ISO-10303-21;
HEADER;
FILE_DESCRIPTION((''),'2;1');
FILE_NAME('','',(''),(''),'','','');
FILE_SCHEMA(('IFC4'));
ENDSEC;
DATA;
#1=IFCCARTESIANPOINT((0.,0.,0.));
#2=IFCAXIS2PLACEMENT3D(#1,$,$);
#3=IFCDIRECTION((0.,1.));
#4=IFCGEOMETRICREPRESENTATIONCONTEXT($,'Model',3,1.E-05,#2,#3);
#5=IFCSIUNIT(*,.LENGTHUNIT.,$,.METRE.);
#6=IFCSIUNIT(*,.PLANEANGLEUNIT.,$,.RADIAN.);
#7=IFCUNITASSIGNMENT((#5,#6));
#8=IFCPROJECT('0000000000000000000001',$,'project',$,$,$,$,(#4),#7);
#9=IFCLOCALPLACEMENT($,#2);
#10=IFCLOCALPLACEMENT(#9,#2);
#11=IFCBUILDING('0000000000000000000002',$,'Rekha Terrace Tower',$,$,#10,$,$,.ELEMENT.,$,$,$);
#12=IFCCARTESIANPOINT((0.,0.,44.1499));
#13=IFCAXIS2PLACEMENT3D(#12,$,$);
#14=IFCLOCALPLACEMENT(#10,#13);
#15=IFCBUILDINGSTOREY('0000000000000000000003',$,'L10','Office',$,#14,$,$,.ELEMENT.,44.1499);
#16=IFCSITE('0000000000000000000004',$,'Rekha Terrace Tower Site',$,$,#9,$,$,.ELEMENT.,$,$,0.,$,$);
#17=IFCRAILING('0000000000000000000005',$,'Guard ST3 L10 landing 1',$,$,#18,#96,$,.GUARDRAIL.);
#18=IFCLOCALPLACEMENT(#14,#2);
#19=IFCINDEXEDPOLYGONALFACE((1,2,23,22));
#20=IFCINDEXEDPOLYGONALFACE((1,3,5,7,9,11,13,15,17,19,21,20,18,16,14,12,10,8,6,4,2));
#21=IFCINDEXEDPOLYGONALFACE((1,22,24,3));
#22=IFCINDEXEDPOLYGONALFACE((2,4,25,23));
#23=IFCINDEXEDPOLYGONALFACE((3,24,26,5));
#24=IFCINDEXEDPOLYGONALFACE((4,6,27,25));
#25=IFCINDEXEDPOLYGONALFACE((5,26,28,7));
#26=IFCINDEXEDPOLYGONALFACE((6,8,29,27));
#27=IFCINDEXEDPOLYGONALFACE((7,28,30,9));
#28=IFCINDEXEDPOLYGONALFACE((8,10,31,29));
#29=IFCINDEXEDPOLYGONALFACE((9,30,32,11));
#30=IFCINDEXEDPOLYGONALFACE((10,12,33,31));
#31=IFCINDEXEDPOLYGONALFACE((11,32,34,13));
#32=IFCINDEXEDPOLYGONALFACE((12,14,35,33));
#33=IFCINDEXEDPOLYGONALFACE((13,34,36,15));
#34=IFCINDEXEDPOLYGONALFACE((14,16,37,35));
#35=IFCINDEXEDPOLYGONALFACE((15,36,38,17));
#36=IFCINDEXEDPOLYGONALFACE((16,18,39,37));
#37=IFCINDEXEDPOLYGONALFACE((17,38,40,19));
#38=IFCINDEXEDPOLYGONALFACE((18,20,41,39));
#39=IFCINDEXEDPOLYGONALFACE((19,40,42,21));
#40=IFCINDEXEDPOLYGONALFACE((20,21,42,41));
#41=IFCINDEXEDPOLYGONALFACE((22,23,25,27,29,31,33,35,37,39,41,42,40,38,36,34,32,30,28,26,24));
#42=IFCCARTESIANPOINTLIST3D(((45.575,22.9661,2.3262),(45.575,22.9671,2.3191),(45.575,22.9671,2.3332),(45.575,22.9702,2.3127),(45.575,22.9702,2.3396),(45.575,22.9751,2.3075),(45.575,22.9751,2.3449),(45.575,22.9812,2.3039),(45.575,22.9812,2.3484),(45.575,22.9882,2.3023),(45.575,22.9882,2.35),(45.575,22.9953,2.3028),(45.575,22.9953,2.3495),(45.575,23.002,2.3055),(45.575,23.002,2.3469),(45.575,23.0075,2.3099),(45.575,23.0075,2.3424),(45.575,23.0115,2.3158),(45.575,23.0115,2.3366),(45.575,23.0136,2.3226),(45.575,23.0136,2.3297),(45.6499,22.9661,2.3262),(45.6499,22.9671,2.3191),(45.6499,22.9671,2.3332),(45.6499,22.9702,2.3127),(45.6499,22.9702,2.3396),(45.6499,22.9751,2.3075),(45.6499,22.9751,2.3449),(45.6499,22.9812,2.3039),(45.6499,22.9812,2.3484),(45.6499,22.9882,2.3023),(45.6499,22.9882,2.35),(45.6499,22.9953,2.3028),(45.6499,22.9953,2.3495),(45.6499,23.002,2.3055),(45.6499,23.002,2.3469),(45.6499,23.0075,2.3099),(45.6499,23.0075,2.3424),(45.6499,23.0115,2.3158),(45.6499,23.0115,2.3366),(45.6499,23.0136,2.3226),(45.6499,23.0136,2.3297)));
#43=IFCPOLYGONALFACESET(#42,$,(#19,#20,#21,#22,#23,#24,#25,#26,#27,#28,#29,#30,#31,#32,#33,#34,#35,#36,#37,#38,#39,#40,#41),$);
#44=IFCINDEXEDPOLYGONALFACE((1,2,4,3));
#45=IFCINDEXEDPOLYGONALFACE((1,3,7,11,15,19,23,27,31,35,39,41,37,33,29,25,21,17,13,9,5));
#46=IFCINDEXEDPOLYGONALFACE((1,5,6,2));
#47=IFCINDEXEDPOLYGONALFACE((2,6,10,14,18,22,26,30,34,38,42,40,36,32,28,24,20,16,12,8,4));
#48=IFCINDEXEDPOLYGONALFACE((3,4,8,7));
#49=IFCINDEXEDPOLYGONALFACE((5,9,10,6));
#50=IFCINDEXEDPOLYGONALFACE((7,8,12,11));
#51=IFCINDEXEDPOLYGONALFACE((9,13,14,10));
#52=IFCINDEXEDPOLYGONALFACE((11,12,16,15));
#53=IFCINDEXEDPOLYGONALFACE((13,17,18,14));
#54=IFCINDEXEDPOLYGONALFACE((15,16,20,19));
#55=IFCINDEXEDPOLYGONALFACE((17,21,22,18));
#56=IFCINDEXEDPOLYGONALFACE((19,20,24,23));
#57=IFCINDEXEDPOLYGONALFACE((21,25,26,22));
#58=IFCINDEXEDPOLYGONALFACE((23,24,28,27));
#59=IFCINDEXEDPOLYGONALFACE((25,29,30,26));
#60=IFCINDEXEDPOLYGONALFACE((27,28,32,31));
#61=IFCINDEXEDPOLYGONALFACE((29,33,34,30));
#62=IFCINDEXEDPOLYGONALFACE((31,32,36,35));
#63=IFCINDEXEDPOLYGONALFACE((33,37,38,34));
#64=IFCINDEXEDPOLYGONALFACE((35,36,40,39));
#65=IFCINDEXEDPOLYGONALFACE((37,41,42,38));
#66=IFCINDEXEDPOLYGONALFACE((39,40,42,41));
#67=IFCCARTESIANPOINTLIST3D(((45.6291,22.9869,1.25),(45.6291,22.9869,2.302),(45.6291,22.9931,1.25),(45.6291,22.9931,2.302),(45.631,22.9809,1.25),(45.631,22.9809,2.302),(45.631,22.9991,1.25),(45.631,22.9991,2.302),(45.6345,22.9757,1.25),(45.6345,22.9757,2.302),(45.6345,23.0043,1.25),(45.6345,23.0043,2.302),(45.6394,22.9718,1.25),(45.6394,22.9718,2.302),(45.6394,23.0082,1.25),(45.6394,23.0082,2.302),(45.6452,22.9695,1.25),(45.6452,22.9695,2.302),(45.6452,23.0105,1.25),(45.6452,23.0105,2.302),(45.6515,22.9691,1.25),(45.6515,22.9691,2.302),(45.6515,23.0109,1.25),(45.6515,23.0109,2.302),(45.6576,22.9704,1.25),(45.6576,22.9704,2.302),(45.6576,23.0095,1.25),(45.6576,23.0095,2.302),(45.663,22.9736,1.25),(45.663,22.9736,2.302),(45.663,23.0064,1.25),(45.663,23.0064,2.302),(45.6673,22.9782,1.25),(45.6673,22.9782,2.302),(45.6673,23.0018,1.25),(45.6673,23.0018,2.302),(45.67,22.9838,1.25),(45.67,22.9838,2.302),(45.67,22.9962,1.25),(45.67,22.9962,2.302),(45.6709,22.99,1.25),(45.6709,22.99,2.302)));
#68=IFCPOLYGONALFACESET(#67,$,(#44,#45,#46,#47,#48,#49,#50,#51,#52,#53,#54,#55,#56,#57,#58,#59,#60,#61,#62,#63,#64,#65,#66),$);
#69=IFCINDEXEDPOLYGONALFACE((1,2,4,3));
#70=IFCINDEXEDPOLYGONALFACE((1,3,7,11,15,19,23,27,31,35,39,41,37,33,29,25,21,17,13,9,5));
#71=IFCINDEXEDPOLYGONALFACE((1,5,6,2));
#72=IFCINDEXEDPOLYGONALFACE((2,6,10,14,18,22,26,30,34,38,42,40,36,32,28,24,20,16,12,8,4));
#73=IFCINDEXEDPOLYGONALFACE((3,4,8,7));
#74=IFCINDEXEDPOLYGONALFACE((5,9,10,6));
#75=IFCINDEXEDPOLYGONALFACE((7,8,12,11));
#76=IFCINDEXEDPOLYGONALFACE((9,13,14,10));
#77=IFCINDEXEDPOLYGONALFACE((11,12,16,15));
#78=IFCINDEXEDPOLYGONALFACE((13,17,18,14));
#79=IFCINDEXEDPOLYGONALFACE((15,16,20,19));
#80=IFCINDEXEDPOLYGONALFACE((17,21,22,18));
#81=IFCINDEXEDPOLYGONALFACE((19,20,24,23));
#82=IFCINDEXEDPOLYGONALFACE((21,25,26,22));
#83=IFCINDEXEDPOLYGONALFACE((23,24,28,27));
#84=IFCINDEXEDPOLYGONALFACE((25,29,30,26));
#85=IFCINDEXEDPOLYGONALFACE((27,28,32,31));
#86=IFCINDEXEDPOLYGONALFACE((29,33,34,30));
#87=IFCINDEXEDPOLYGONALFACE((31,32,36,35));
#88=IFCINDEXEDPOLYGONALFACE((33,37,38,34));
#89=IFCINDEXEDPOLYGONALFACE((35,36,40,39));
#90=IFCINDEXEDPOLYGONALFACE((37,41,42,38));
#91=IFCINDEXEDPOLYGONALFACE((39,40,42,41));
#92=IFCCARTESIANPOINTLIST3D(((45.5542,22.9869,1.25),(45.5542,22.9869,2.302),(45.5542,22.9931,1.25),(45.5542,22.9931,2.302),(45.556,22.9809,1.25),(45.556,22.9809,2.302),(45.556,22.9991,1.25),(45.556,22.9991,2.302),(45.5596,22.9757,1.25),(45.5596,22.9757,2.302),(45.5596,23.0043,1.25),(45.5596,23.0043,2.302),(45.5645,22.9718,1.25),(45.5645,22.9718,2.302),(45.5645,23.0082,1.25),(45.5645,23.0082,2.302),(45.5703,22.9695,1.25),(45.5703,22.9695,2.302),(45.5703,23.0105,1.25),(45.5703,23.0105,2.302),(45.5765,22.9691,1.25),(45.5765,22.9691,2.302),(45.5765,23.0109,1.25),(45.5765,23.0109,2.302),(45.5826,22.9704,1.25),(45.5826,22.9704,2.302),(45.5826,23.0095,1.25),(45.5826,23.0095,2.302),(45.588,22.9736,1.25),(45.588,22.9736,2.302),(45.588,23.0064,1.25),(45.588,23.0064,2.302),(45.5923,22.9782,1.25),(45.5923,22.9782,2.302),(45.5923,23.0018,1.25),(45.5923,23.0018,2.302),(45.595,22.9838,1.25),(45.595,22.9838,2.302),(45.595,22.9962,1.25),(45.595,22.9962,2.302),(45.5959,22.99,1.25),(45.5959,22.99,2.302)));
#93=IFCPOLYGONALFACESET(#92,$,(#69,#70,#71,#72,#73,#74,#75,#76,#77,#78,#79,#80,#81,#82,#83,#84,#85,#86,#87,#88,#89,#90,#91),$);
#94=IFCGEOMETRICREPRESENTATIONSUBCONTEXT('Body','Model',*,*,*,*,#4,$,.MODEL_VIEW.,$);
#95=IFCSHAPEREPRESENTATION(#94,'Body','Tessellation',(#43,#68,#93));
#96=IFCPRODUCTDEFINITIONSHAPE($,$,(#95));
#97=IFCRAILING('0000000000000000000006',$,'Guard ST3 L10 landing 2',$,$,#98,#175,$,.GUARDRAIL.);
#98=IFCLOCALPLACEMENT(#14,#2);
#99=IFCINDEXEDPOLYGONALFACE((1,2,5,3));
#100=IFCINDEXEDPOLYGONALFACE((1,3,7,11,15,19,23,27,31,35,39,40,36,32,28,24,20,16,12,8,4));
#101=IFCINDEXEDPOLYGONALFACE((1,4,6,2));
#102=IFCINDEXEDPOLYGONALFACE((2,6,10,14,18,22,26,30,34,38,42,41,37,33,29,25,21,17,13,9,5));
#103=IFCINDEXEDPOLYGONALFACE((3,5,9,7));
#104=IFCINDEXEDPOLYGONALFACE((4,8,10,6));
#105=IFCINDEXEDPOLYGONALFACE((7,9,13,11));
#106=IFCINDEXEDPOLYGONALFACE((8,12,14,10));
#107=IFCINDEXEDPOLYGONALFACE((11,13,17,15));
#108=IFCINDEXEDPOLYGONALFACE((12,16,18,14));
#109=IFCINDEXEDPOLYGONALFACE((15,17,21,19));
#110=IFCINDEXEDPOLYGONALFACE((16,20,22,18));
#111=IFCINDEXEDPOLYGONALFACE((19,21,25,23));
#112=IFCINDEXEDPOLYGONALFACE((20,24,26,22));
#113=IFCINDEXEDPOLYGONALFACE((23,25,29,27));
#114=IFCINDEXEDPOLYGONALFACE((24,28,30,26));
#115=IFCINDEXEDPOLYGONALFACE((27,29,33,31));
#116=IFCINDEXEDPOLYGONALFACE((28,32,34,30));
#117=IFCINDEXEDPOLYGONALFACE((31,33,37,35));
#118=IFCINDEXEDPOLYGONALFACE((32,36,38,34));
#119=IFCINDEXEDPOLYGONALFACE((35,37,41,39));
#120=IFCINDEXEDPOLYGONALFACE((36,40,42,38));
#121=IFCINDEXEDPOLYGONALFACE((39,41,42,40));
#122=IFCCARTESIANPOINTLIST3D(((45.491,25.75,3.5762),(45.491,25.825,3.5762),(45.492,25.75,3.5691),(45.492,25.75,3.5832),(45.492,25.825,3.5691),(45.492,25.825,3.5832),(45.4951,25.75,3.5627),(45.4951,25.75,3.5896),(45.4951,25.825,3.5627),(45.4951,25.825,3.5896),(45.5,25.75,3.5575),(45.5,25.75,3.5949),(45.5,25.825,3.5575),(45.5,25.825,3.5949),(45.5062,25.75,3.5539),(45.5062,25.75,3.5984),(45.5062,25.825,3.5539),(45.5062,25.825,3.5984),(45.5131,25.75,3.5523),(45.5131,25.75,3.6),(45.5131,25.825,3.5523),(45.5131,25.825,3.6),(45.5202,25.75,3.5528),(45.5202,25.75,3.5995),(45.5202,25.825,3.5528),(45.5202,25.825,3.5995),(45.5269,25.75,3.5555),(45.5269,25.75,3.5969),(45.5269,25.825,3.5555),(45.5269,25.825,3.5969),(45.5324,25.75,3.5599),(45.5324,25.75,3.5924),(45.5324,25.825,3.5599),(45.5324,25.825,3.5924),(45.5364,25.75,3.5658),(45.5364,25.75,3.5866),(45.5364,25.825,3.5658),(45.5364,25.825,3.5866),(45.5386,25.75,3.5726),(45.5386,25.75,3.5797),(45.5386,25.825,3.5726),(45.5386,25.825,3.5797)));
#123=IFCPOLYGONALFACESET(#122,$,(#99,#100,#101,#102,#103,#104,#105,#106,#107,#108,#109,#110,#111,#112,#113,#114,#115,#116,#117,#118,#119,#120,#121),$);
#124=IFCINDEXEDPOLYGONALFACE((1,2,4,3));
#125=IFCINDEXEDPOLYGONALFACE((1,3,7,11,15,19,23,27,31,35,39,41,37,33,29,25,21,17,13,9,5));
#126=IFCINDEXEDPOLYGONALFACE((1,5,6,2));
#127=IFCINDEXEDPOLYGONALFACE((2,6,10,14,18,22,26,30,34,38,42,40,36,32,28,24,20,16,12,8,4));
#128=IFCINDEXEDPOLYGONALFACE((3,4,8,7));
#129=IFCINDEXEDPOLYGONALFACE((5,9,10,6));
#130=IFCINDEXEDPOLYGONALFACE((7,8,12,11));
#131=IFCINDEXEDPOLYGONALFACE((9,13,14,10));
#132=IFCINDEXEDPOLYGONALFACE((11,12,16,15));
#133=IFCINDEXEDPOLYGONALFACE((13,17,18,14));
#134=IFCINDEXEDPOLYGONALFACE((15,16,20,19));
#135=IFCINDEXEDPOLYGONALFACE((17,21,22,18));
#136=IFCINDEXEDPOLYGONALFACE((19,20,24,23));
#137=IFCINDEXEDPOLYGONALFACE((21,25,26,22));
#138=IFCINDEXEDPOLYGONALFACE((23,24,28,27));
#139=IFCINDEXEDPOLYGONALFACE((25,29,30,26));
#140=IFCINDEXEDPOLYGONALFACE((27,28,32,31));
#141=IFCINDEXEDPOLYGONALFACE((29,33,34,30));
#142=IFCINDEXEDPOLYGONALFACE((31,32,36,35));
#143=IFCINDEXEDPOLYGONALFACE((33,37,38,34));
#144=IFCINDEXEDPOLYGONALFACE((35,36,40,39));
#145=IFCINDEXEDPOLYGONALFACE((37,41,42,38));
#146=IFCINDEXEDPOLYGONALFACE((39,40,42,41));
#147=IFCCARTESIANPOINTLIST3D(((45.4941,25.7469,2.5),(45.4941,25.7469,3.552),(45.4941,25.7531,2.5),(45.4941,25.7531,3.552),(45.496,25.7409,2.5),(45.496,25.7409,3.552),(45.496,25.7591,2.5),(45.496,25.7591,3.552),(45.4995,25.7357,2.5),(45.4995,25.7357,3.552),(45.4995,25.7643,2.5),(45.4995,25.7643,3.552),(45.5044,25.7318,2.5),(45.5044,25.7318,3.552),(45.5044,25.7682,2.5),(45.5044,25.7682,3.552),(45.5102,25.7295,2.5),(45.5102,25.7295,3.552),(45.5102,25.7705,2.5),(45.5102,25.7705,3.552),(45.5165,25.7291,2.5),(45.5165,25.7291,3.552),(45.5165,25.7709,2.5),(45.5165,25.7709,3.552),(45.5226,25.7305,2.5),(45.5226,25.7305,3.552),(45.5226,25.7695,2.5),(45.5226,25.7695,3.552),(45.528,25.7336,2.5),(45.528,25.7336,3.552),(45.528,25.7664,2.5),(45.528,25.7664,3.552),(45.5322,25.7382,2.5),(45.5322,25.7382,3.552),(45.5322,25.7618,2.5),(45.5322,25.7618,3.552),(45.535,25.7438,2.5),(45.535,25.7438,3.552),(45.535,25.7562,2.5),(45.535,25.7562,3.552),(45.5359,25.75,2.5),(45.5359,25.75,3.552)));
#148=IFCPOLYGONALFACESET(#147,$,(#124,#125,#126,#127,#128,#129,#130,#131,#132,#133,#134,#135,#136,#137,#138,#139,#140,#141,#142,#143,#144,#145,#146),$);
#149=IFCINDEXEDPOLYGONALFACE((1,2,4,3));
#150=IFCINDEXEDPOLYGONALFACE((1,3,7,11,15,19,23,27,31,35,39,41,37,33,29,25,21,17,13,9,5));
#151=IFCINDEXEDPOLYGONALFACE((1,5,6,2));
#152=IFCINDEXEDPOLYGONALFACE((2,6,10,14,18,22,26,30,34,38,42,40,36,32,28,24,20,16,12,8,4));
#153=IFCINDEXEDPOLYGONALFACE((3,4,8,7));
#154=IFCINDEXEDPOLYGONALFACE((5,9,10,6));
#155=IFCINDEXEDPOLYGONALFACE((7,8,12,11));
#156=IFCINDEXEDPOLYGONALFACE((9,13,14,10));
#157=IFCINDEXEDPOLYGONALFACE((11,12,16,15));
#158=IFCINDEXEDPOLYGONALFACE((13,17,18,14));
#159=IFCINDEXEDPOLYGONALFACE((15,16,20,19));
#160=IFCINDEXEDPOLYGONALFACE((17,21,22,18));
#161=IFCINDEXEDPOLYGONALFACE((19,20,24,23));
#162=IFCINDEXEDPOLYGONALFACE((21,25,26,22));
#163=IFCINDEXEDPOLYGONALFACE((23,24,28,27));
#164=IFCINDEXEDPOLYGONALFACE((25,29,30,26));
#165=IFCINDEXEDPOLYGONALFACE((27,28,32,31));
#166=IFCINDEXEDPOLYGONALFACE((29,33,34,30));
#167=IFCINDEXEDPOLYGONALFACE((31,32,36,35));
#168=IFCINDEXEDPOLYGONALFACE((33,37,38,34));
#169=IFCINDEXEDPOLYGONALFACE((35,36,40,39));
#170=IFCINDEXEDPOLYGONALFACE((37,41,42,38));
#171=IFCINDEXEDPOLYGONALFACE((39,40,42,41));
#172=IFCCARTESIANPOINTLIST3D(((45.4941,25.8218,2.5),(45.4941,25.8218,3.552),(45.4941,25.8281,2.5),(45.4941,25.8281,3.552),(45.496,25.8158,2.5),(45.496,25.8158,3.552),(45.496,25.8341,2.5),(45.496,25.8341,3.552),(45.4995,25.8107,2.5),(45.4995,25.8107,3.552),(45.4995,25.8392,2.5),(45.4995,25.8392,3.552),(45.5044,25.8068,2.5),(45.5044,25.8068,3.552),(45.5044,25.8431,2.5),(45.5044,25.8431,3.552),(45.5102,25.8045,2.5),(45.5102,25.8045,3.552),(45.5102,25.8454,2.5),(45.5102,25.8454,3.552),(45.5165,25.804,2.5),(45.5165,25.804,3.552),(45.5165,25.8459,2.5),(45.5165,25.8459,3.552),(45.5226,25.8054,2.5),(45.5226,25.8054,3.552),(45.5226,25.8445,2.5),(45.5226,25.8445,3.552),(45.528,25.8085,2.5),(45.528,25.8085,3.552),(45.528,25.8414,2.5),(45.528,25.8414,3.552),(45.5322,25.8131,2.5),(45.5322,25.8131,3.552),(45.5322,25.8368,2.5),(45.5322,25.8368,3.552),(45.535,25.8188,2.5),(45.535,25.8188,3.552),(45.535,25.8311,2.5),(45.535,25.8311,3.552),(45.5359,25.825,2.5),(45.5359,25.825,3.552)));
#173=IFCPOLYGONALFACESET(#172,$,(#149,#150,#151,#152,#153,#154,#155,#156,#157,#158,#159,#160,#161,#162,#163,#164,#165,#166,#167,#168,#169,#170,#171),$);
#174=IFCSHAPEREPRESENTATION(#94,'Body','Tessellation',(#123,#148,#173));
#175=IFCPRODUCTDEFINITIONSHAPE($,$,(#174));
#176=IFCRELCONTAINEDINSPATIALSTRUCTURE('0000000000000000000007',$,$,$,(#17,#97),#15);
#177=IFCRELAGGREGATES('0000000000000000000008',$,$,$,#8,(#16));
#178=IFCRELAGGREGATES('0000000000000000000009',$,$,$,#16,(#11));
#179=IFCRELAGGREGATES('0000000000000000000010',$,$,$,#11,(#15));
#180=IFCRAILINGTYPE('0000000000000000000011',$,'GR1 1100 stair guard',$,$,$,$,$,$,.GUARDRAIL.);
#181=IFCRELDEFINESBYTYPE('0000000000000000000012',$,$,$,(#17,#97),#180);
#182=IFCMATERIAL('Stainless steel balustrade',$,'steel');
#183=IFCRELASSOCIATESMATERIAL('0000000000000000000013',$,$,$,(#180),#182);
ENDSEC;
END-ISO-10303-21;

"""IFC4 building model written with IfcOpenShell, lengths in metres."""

from ifc_helpers import new_model, si_unit, direction, frame, origin, origin_2d, place, context, subcontext, project, spatial, circle, extrude, material, type_object, element, save


model = new_model("IFC4")

# Units and contexts
model_context = context("Model", 3, precision=1e-05, world=origin(), true_north=direction((0.0, 1.0)))
body_context = subcontext(model_context, "Body", "Model", "MODEL_VIEW")
ifc_project = project(units=[si_unit("LENGTHUNIT", "METRE"), si_unit("PLANEANGLEUNIT", "RADIAN")], contexts=[model_context])

# Site, building, storey
site_placement = place(None, origin())
site = spatial("IfcSite", under=ifc_project, at=site_placement, Name="Rekha Terrace Tower Site", CompositionType="ELEMENT", RefElevation=0.0)
building_placement = place(site_placement, origin())
building = spatial("IfcBuilding", under=site, at=building_placement, Name="Rekha Terrace Tower", CompositionType="ELEMENT")
storey_placement = place(building_placement, frame((0.0, 0.0, 44.1499)))
storey = spatial("IfcBuildingStorey", under=building, at=storey_placement, Name="L10", Description="Office", CompositionType="ELEMENT", Elevation=44.1499)

# Railings
ifc_material_1 = material(Name="Stainless steel balustrade", Category="steel")
railing_type_1 = type_object("IfcRailingType", Name="GR1 1100 stair guard", PredefinedType="GUARDRAIL", material=ifc_material_1)
railing_1_placement = place(storey_placement, frame((45.6499, 22.99, 1.25)))
element("IfcRailing", 1, at=railing_1_placement, inside=storey, type_object=railing_type_1, Name="Guard ST3 L10 landing 1", PredefinedType="GUARDRAIL", context=body_context, shape_type="SweptSolid", body=[
    extrude(circle(Radius=0.0239, at=origin_2d()), frame((0.0, 0.0, 1.0762), z_axis=(-1.0, 0.0, 0.0), x_axis=(0.0, -1.0, 0.0)), (0.0, 0.0, 1.0), 0.075),
    extrude(circle(Radius=0.021, at=origin_2d()), origin(), (0.0, 0.0, 1.0), 1.052),
    extrude(circle(Radius=0.021, at=origin_2d()), frame((-0.075, 0.0, 0.0)), (0.0, 0.0, 1.0), 1.052),
])
railing_2_placement = place(storey_placement, frame((45.5149, 25.75, 2.5)))
element("IfcRailing", 2, at=railing_2_placement, inside=storey, type_object=railing_type_1, Name="Guard ST3 L10 landing 2", PredefinedType="GUARDRAIL", context=body_context, shape_type="SweptSolid", body=[
    extrude(circle(Radius=0.0239, at=origin_2d()), frame((0.0, 0.0, 1.0762), z_axis=(0.0, 1.0, 0.0), x_axis=(-1.0, 0.0, 0.0)), (0.0, 0.0, 1.0), 0.075),
    extrude(circle(Radius=0.021, at=origin_2d()), origin(), (0.0, 0.0, 1.0), 1.052),
    extrude(circle(Radius=0.021, at=origin_2d()), frame((0.0, 0.075, 0.0)), (0.0, 0.0, 1.0), 1.052),
])

save(model, "model.ifc")
